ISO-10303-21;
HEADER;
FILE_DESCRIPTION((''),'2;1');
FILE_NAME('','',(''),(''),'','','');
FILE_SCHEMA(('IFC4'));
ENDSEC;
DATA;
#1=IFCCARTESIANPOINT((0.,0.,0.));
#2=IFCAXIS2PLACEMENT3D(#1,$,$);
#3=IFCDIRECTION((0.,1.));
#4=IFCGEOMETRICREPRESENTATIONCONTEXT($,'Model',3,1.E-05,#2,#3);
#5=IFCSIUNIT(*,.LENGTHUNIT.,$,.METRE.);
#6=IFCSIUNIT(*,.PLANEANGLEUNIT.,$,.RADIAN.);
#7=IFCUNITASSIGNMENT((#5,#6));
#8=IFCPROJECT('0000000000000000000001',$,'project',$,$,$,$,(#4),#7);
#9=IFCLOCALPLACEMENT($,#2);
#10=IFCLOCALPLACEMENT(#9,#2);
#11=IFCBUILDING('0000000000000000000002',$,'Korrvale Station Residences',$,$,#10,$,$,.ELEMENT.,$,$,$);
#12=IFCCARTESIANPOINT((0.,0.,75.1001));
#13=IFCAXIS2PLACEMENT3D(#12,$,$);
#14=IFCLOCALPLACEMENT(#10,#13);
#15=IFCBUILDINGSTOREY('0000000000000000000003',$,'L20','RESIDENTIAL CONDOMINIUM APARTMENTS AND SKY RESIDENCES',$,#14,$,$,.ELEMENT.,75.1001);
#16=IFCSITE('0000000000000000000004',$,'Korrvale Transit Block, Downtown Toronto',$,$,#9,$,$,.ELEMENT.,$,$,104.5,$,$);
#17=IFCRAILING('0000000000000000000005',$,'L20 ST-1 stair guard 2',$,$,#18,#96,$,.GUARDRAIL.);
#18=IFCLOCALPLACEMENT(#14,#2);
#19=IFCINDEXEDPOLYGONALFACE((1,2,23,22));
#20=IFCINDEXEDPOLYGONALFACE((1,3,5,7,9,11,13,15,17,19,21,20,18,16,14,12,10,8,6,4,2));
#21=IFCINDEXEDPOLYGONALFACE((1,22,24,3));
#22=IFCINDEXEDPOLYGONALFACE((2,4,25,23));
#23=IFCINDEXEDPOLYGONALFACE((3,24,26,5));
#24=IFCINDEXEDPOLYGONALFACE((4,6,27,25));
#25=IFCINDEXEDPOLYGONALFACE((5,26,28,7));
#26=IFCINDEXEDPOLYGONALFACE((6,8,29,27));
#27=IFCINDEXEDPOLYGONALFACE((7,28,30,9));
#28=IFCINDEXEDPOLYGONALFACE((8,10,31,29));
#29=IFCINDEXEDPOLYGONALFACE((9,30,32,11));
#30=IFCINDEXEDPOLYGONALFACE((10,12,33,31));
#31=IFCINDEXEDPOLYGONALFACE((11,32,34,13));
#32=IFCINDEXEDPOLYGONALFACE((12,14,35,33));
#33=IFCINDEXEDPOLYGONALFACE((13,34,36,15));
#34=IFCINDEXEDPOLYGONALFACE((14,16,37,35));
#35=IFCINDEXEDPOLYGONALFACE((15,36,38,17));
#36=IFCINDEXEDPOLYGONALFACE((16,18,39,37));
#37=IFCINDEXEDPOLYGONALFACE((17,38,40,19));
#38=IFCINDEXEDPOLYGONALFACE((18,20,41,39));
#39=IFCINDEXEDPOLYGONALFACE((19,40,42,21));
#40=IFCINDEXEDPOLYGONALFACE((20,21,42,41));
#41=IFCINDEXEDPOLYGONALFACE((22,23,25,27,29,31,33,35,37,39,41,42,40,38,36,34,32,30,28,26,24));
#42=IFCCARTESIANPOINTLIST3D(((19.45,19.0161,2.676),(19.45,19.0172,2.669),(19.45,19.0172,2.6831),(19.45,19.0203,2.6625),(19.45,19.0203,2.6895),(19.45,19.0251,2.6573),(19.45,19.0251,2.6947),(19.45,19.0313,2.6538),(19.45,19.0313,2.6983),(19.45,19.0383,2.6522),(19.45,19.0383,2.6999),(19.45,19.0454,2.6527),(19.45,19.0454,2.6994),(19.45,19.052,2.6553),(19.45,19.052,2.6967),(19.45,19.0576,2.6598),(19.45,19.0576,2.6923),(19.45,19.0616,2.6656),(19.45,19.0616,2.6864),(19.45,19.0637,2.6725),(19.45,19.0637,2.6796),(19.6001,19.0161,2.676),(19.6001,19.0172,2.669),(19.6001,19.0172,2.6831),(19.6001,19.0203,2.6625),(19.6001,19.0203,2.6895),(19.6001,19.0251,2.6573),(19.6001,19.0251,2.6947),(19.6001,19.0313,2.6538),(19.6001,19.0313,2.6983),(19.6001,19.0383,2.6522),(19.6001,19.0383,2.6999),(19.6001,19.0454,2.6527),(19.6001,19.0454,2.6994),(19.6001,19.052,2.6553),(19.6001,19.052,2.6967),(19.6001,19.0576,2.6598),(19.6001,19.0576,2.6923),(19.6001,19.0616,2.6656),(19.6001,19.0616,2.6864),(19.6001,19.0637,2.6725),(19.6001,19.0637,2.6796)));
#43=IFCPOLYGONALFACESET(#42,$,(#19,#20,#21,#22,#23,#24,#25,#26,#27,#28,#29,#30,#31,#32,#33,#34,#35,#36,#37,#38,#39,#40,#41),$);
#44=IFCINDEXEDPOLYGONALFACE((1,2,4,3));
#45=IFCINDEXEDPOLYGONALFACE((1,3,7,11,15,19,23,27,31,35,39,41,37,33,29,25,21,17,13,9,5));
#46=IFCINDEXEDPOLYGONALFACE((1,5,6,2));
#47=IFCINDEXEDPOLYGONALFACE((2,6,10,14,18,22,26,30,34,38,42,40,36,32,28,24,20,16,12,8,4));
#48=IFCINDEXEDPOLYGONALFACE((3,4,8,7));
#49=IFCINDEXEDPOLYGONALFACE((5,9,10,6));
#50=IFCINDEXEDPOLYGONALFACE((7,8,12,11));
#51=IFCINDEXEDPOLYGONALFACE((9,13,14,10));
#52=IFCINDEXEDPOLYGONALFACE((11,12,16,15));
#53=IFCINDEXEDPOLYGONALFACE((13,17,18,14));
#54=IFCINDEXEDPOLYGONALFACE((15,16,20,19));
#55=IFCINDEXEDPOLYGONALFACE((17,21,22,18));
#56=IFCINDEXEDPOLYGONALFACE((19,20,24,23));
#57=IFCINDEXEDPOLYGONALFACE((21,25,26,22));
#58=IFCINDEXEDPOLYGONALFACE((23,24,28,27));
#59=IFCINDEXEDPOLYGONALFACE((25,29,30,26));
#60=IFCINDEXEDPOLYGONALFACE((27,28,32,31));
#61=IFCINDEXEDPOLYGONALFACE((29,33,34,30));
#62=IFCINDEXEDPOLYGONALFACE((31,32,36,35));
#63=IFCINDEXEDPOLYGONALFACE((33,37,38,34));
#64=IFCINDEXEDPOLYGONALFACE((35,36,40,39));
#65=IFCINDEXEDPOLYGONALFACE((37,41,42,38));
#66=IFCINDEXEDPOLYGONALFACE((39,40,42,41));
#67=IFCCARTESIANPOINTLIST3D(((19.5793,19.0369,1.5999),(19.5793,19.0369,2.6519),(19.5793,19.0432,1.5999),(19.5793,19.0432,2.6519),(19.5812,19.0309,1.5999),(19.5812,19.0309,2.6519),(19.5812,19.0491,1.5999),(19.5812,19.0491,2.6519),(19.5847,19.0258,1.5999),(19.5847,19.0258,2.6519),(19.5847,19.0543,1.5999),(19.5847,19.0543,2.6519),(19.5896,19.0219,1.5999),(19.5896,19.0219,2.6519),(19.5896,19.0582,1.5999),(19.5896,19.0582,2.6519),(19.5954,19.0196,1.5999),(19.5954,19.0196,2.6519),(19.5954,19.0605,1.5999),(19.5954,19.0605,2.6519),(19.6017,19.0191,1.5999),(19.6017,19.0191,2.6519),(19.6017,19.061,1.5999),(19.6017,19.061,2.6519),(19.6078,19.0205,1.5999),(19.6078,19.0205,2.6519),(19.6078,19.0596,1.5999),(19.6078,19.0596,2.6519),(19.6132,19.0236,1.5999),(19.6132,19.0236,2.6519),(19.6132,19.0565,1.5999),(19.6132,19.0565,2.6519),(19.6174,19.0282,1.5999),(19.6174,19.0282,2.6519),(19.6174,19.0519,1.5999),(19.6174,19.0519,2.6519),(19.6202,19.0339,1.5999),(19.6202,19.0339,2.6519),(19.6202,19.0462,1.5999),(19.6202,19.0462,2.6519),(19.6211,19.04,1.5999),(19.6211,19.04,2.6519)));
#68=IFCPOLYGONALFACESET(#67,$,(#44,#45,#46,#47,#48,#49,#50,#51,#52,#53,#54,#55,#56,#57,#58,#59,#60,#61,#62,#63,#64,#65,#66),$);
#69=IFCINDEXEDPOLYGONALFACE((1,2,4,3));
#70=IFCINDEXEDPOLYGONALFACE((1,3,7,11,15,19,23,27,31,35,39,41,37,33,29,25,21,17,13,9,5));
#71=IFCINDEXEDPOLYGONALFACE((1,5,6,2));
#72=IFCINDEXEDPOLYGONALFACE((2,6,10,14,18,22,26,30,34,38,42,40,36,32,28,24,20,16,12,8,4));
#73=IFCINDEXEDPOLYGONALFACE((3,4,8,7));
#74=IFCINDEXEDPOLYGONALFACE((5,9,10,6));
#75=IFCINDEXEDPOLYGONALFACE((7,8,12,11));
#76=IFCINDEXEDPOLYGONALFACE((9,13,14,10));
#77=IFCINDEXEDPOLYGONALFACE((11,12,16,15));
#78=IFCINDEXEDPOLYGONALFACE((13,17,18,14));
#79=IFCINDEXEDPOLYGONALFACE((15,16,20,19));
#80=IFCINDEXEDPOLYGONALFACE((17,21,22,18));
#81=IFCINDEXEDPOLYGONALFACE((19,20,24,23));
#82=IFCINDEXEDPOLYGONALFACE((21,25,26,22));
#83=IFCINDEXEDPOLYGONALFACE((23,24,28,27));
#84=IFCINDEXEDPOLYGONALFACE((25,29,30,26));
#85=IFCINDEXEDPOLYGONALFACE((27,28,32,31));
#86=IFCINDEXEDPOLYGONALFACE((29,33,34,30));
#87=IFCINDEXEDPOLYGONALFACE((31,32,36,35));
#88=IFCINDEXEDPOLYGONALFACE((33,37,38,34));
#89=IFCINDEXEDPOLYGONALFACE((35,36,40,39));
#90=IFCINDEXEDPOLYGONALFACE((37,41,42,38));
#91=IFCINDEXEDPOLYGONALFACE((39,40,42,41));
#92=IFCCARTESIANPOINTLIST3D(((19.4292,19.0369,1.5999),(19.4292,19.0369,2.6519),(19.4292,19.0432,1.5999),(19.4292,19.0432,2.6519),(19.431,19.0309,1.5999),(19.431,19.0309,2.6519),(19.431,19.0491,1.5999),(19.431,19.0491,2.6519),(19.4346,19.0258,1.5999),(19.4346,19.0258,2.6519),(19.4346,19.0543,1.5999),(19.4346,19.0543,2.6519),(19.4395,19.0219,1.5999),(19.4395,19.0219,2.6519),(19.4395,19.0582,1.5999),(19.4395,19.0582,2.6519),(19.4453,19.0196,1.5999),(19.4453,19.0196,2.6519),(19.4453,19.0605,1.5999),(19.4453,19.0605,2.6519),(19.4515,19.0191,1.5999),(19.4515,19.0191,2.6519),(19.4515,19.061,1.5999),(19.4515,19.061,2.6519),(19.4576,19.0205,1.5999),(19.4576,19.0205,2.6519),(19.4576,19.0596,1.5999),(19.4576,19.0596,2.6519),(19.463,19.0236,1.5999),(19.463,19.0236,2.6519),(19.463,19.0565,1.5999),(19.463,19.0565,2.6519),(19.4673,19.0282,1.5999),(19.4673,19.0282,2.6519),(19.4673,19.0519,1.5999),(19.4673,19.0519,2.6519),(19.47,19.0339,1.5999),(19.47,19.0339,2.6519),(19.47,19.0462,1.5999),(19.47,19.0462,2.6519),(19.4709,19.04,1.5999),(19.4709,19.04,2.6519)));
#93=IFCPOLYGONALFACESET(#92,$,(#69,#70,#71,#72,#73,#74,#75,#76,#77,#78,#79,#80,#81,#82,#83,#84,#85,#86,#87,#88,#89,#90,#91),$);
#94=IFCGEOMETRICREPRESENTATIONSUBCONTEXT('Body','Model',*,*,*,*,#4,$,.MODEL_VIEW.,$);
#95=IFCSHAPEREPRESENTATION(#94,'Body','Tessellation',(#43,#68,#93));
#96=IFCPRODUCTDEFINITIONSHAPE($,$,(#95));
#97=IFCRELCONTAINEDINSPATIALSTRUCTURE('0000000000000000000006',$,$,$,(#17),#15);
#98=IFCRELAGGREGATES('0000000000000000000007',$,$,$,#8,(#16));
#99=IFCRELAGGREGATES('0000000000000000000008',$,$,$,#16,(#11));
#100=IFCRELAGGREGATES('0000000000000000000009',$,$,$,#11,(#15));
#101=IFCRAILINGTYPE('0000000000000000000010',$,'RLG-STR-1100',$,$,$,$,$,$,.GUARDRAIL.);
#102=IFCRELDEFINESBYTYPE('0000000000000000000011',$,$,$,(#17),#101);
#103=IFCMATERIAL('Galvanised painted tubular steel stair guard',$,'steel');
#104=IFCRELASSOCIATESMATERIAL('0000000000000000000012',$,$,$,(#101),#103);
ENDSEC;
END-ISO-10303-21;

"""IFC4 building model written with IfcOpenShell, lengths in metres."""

from ifc_helpers import new_model, si_unit, direction, frame, origin, origin_2d, place, context, subcontext, project, spatial, circle, extrude, material, type_object, element, save


model = new_model("IFC4")

# Units and contexts
model_context = context("Model", 3, precision=1e-05, world=origin(), true_north=direction((0.0, 1.0)))
body_context = subcontext(model_context, "Body", "Model", "MODEL_VIEW")
ifc_project = project(units=[si_unit("LENGTHUNIT", "METRE"), si_unit("PLANEANGLEUNIT", "RADIAN")], contexts=[model_context])

# Site, building, storey
site_placement = place(None, origin())
site = spatial("IfcSite", under=ifc_project, at=site_placement, Name="Korrvale Transit Block, Downtown Toronto", CompositionType="ELEMENT", RefElevation=104.5)
building_placement = place(site_placement, origin())
building = spatial("IfcBuilding", under=site, at=building_placement, Name="Korrvale Station Residences", CompositionType="ELEMENT")
storey_placement = place(building_placement, frame((0.0, 0.0, 75.1001)))
storey = spatial("IfcBuildingStorey", under=building, at=storey_placement, Name="L20", Description="RESIDENTIAL CONDOMINIUM APARTMENTS AND SKY RESIDENCES", CompositionType="ELEMENT", Elevation=75.1001)

# Railing
ifc_material_1 = material(Name="Galvanised painted tubular steel stair guard", Category="steel")
railing_type_1 = type_object("IfcRailingType", Name="RLG-STR-1100", PredefinedType="GUARDRAIL", material=ifc_material_1)
railing_1_placement = place(storey_placement, frame((19.6001, 19.04, 1.5999)))
element("IfcRailing", 1, at=railing_1_placement, inside=storey, type_object=railing_type_1, Name="L20 ST-1 stair guard 2", PredefinedType="GUARDRAIL", context=body_context, shape_type="SweptSolid", body=[
    extrude(circle(Radius=0.0239, at=origin_2d()), frame((0.0, 0.0, 1.0762), z_axis=(-1.0, 0.0, 0.0), x_axis=(0.0, -1.0, 0.0)), (0.0, 0.0, 1.0), 0.1501),
    extrude(circle(Radius=0.021, at=origin_2d()), origin(), (0.0, 0.0, 1.0), 1.052),
    extrude(circle(Radius=0.021, at=origin_2d()), frame((-0.1501, 0.0, 0.0)), (0.0, 0.0, 1.0), 1.052),
])

save(model, "model.ifc")
